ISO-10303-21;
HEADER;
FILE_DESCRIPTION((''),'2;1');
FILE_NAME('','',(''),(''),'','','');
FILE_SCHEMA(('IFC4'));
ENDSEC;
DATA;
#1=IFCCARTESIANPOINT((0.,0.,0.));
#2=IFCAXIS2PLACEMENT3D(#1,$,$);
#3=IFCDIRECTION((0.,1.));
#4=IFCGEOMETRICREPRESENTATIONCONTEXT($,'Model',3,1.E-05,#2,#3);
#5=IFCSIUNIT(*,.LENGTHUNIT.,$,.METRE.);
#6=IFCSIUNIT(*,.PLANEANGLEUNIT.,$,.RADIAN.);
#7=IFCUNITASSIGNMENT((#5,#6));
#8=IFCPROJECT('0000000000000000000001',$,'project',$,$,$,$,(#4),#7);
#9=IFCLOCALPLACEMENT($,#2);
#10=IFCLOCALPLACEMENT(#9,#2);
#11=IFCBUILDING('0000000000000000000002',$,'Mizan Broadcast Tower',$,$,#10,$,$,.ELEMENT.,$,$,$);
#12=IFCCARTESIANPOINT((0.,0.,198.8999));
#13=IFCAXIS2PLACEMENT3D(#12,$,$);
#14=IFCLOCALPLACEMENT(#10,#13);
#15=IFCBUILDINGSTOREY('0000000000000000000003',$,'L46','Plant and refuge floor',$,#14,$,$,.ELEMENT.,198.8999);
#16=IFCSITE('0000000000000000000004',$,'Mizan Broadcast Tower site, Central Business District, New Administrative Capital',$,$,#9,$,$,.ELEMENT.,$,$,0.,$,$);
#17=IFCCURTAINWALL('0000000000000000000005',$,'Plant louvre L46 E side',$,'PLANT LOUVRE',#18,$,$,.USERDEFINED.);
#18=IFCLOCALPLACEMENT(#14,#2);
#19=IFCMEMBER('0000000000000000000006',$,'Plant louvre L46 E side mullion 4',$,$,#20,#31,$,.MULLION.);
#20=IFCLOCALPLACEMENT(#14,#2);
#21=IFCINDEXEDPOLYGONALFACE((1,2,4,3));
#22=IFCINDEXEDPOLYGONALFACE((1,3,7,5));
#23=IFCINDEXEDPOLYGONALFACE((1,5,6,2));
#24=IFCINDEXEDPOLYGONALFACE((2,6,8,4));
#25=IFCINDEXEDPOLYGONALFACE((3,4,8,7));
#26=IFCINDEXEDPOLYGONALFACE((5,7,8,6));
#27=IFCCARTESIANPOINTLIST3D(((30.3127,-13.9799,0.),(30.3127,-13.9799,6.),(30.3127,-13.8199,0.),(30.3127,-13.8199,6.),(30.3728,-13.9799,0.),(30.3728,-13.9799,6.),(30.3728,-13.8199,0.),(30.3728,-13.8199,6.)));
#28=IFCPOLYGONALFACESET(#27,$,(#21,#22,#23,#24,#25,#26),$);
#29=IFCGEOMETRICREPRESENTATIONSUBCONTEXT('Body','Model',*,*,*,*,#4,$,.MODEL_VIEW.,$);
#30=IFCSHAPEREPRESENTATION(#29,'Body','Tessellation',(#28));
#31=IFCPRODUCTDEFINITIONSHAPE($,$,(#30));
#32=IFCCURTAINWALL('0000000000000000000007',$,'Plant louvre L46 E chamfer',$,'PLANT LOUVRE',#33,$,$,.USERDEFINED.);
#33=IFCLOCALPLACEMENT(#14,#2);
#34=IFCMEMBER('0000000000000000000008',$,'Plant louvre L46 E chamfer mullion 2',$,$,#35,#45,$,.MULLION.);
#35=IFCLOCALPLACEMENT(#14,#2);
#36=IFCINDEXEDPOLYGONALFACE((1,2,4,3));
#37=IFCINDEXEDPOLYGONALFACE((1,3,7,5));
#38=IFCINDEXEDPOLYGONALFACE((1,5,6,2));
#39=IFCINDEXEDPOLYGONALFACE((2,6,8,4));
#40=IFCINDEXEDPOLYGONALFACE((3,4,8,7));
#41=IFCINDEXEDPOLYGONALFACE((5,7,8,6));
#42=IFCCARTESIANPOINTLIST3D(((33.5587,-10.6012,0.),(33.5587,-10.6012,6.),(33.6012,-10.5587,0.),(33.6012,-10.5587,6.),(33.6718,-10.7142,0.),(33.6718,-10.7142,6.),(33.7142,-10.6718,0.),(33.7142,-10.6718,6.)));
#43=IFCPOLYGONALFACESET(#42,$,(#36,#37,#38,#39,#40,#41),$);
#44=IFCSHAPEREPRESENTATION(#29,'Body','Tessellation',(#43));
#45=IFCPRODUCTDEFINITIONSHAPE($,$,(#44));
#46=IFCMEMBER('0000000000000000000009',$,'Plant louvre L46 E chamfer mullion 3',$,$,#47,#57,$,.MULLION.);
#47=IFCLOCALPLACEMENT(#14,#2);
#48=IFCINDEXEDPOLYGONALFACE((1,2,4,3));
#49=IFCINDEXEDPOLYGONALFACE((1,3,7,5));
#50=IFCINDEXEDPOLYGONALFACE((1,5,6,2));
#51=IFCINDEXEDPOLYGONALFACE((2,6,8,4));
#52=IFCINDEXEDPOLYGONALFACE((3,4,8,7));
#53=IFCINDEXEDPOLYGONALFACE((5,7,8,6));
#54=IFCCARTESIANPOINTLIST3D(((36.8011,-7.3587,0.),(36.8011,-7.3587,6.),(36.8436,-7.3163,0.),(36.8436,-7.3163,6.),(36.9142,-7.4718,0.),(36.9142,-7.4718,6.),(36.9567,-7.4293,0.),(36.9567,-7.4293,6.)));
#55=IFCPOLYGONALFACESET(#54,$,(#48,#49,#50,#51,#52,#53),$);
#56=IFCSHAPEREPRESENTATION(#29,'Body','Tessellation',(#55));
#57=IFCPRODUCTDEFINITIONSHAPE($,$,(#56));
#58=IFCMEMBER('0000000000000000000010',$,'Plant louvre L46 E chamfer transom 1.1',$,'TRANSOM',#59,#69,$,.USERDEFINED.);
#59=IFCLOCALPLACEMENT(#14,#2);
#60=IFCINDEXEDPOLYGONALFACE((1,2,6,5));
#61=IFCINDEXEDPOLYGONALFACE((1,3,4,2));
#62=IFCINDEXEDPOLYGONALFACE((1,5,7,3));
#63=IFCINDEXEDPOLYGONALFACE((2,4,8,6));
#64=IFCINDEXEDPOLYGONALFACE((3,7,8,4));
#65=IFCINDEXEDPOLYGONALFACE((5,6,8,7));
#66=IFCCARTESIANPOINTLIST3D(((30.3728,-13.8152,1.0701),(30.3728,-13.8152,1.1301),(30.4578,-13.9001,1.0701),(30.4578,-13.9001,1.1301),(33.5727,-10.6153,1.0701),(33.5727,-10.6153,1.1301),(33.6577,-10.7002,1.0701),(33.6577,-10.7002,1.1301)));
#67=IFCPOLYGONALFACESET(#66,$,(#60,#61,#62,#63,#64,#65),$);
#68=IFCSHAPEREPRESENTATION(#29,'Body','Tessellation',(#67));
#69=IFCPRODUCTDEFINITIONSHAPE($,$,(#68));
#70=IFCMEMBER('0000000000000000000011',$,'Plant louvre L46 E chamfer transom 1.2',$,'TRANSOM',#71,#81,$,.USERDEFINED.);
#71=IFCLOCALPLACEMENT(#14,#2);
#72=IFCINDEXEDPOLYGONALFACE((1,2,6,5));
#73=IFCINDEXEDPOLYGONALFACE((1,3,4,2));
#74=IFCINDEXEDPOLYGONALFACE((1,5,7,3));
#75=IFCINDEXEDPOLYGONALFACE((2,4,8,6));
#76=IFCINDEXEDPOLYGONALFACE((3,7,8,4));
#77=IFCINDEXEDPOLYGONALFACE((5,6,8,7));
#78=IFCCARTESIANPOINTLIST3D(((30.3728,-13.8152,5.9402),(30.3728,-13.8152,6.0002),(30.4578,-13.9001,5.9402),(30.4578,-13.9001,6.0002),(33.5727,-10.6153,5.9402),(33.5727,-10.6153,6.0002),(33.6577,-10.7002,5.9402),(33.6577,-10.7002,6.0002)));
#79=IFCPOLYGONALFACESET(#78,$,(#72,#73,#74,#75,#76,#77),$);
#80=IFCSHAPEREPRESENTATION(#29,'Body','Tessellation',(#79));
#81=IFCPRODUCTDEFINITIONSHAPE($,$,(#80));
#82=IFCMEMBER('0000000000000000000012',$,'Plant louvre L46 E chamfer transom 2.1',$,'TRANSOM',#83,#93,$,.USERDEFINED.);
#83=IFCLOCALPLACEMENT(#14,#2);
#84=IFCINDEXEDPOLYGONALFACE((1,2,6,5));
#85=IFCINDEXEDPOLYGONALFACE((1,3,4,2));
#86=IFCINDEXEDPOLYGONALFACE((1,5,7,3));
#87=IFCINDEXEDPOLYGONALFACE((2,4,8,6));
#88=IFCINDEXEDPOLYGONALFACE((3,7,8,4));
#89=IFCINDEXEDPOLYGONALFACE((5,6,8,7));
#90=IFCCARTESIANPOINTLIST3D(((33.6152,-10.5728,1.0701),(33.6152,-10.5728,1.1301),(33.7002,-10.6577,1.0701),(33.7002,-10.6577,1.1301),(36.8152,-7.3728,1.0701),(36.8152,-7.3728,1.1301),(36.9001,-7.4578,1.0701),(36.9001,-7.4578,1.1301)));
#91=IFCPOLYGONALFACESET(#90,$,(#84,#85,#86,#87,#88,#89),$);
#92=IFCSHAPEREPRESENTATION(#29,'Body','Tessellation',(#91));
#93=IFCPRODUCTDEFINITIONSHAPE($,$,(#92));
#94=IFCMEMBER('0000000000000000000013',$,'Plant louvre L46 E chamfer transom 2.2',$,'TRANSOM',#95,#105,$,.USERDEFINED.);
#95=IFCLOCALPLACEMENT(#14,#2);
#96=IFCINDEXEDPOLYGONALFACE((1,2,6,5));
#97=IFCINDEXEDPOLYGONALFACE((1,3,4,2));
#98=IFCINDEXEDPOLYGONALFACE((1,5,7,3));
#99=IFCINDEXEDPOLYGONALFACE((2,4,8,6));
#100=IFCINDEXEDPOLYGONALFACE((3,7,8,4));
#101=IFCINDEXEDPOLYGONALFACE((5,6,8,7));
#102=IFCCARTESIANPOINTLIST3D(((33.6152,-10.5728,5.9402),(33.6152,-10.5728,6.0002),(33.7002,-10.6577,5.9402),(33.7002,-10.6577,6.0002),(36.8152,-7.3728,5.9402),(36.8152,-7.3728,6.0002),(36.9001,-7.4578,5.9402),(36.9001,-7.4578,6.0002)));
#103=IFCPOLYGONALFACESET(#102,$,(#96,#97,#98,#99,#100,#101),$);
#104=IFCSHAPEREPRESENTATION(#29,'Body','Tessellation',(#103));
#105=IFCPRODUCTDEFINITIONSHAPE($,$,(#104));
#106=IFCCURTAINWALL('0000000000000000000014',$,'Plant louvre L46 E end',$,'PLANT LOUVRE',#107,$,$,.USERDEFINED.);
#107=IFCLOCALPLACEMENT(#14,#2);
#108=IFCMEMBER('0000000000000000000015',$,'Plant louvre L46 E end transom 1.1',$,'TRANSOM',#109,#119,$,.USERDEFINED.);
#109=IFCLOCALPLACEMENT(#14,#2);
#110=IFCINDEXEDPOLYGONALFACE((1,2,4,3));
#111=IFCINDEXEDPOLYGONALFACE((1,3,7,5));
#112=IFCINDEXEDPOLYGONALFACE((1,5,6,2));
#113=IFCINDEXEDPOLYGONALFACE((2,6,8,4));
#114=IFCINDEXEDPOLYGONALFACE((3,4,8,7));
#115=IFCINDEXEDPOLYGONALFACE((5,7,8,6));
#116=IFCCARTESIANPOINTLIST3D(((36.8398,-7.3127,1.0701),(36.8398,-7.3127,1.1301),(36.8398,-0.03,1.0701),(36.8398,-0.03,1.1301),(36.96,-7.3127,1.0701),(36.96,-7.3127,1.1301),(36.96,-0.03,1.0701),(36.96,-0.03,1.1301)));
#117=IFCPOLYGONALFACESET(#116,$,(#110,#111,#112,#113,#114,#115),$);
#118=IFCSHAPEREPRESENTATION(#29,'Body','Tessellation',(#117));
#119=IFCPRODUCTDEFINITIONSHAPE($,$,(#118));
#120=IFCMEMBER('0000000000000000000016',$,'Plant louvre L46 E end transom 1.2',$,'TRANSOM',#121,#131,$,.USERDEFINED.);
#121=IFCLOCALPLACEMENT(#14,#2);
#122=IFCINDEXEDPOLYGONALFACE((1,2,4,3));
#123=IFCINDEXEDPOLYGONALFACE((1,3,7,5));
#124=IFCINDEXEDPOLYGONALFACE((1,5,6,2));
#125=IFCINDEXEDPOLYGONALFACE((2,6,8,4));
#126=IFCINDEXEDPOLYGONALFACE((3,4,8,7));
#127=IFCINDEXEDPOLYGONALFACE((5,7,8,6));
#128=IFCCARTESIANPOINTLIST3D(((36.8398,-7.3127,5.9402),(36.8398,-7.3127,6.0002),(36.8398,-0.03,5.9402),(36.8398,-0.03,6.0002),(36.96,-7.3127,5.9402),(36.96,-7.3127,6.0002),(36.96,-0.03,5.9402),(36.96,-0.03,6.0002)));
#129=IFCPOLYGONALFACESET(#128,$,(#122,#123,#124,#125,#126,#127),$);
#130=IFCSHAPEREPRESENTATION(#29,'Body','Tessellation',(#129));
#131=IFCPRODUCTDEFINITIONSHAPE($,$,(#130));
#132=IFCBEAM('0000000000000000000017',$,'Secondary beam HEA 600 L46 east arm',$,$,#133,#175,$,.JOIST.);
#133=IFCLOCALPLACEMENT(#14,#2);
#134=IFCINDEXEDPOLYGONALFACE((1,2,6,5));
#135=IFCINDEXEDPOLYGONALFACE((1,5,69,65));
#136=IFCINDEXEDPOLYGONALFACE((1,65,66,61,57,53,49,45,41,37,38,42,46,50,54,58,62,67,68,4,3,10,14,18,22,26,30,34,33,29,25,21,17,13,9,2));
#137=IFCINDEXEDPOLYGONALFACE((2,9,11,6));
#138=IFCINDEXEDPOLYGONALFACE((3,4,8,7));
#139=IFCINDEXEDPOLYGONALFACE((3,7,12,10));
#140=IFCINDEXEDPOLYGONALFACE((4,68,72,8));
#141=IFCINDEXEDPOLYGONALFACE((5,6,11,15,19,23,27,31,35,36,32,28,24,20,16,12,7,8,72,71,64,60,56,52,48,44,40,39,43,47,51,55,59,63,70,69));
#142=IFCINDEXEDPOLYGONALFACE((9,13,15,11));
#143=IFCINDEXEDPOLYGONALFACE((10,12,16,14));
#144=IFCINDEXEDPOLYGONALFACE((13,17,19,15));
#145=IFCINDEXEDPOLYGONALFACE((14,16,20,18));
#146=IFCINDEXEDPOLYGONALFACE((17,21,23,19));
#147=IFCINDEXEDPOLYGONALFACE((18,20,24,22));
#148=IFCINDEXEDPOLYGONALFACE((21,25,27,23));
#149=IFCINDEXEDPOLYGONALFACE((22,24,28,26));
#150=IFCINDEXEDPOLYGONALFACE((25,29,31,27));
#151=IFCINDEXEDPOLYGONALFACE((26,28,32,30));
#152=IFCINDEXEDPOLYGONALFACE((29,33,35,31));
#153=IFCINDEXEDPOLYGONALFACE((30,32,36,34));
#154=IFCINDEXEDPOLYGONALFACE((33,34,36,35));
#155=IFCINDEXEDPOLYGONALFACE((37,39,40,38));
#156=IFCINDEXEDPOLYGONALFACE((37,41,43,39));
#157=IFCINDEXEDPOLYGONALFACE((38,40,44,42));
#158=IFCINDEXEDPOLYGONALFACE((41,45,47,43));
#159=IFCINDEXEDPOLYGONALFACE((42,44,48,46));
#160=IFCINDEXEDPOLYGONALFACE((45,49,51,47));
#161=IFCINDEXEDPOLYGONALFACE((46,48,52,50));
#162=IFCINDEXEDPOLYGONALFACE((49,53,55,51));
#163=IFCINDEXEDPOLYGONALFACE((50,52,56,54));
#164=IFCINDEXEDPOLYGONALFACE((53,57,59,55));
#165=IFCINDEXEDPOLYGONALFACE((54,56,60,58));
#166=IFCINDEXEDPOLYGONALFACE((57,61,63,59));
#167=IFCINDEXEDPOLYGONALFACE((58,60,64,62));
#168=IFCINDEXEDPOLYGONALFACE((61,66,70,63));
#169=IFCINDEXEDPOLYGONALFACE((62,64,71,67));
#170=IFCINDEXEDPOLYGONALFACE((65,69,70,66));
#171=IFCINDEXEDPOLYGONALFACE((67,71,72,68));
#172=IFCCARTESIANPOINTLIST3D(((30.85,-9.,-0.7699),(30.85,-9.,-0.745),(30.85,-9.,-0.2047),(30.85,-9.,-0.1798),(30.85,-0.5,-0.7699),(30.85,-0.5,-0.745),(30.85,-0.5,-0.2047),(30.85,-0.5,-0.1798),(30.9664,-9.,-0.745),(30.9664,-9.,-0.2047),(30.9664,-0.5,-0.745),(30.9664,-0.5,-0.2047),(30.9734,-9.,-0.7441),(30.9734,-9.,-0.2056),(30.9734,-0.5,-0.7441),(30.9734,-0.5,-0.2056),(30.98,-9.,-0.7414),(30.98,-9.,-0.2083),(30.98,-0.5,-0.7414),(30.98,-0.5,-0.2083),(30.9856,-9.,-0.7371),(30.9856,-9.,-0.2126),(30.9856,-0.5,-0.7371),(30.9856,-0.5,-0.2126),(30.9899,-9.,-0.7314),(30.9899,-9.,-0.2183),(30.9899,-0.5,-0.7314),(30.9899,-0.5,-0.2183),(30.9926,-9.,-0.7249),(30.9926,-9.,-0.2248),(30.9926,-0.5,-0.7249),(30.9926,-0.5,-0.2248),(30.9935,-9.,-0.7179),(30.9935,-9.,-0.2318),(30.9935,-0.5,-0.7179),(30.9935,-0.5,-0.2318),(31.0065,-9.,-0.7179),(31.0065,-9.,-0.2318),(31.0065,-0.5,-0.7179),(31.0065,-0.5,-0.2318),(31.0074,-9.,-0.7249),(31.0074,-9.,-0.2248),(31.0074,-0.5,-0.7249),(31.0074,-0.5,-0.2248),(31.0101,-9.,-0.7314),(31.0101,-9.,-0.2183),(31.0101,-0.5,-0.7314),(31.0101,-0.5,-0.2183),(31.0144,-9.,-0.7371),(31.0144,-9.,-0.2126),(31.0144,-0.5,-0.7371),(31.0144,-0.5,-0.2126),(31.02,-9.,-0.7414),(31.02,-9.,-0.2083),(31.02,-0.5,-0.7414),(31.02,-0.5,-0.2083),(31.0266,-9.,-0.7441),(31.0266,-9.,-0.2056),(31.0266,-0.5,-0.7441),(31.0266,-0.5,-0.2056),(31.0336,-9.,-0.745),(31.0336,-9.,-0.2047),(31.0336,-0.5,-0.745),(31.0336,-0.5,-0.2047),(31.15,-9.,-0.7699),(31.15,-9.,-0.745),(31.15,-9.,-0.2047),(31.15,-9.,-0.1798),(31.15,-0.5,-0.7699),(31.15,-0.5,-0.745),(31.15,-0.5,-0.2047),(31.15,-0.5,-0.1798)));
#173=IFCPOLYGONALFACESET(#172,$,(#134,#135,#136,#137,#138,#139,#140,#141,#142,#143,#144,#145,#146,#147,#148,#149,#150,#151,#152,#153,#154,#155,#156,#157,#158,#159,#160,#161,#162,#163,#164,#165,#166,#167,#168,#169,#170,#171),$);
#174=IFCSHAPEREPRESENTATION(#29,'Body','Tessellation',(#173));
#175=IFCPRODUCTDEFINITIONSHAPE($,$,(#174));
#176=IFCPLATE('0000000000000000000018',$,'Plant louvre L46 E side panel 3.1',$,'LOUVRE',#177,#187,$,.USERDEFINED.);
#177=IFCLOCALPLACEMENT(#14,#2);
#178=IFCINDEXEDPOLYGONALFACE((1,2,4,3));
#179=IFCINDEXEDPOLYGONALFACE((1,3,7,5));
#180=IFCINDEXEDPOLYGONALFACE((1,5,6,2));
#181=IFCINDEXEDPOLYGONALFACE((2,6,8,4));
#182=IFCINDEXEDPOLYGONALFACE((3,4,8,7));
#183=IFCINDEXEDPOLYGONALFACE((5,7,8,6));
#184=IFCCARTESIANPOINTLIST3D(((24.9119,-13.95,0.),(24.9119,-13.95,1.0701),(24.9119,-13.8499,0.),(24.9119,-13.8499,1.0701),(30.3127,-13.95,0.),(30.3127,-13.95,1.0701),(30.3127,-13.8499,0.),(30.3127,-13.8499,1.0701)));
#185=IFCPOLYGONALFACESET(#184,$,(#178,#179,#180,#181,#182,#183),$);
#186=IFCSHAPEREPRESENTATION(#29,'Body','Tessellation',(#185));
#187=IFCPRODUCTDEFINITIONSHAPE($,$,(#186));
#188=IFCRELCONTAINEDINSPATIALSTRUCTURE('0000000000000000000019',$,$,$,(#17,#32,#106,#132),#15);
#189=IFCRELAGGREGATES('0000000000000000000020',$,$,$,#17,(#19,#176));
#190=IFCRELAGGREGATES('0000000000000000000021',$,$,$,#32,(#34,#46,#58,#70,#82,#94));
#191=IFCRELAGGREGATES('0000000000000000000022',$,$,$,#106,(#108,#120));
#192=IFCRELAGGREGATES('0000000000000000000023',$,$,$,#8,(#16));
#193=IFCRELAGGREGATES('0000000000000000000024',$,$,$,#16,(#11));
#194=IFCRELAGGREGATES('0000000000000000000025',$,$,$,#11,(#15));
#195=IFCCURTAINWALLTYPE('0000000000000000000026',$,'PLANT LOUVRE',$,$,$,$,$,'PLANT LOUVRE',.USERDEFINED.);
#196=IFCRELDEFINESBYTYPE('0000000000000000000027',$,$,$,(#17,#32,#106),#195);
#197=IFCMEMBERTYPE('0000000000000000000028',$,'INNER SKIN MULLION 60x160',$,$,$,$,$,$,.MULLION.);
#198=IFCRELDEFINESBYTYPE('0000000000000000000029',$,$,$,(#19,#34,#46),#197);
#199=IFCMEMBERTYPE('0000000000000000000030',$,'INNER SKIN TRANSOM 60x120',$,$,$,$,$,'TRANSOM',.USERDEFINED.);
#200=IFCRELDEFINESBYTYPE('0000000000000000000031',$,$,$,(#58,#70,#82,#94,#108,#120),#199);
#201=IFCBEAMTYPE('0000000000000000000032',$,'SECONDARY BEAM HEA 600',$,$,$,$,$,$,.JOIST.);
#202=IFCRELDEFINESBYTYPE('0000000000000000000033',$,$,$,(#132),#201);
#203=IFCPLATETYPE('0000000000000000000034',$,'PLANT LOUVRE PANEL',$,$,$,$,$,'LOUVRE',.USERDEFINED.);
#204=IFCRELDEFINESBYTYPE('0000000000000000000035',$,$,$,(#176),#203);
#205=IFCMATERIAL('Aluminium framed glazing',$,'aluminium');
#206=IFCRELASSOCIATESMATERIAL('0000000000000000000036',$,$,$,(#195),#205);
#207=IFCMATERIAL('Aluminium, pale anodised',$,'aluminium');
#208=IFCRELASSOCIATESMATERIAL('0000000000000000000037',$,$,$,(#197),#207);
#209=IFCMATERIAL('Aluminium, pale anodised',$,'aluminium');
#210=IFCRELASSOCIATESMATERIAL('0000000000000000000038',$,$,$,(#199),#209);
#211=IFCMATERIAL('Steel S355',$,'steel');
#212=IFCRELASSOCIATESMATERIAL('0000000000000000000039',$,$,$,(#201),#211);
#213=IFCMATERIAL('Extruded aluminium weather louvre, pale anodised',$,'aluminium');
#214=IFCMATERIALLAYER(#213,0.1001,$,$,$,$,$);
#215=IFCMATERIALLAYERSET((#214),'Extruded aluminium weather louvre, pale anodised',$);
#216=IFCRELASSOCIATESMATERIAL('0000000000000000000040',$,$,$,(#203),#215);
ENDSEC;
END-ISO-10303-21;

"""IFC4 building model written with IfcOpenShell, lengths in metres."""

from ifc_helpers import new_model, si_unit, direction, frame, origin, origin_2d, place, context, subcontext, project, spatial, rectangle, i_section, extrude, material, layer, layer_set, material_profile, profile_set, type_object, element, aggregate, save


model = new_model("IFC4")

# Units and contexts
model_context = context("Model", 3, precision=1e-05, world=origin(), true_north=direction((0.0, 1.0)))
body_context = subcontext(model_context, "Body", "Model", "MODEL_VIEW")
ifc_project = project(units=[si_unit("LENGTHUNIT", "METRE"), si_unit("PLANEANGLEUNIT", "RADIAN")], contexts=[model_context])

# Site, building, storey
site_placement = place(None, origin())
site = spatial("IfcSite", under=ifc_project, at=site_placement, Name="Mizan Broadcast Tower site, Central Business District, New Administrative Capital", CompositionType="ELEMENT", RefElevation=0.0)
building_placement = place(site_placement, origin())
building = spatial("IfcBuilding", under=site, at=building_placement, Name="Mizan Broadcast Tower", CompositionType="ELEMENT")
storey_placement = place(building_placement, frame((0.0, 0.0, 198.8999)))
storey = spatial("IfcBuildingStorey", under=building, at=storey_placement, Name="L46", Description="Plant and refuge floor", CompositionType="ELEMENT", Elevation=198.8999)

# Curtain wall, member
ifc_material_1 = material(Name="Aluminium framed glazing", Category="aluminium")
curtain_wall_type = type_object("IfcCurtainWallType", Name="PLANT LOUVRE", ElementType="PLANT LOUVRE", PredefinedType="USERDEFINED", material=ifc_material_1)
curtain_wall_1_placement = place(storey_placement, origin())
curtain_wall_1 = element("IfcCurtainWall", 1, at=curtain_wall_1_placement, inside=storey, type_object=curtain_wall_type, Name="Plant louvre L46 E side", ObjectType="PLANT LOUVRE", PredefinedType="USERDEFINED")
ifc_material_2 = material(Name="Aluminium, pale anodised", Category="aluminium")
ifc_material_profile_1 = material_profile(ifc_material_2, rectangle(XDim=0.1599, YDim=0.0601, at=origin_2d()), Name="MULLION 160x60")
ifc_profile_set_1 = profile_set([ifc_material_profile_1], Name="Aluminium, pale anodised")
member_type_1 = type_object("IfcMemberType", Name="INNER SKIN MULLION 60x160", PredefinedType="MULLION", material=ifc_profile_set_1)
member_1_placement = place(storey_placement, frame((30.3428, -13.8999, 0.0), z_axis=(0.0, 0.0, 1.0), x_axis=(0.0, 1.0, 0.0)))
member_1 = element("IfcMember", 2, at=member_1_placement, type_object=member_type_1, Name="Plant louvre L46 E side mullion 4", PredefinedType="MULLION", context=body_context, shape_type="SweptSolid", body=[
    extrude(rectangle(XDim=0.1599, YDim=0.0601, at=origin_2d()), origin(), (0.0, 0.0, 1.0), 6.0),
])

# Curtain walls, members
curtain_wall_2_placement = place(storey_placement, origin())
curtain_wall_2 = element("IfcCurtainWall", 3, at=curtain_wall_2_placement, inside=storey, type_object=curtain_wall_type, Name="Plant louvre L46 E chamfer", ObjectType="PLANT LOUVRE", PredefinedType="USERDEFINED")
member_2_placement = place(storey_placement, frame((33.6365, -10.6365, 0.0), z_axis=(0.0, 0.0, 1.0), x_axis=(-0.707107, 0.707107, 0.0)))
member_2 = element("IfcMember", 4, at=member_2_placement, type_object=member_type_1, Name="Plant louvre L46 E chamfer mullion 2", PredefinedType="MULLION", context=body_context, shape_type="SweptSolid", body=[
    extrude(rectangle(XDim=0.1599, YDim=0.0601, at=origin_2d()), origin(), (0.0, 0.0, 1.0), 6.0),
])
member_3_placement = place(storey_placement, frame((36.8789, -7.394, 0.0), z_axis=(0.0, 0.0, 1.0), x_axis=(-0.707107, 0.707107, 0.0)))
member_3 = element("IfcMember", 5, at=member_3_placement, type_object=member_type_1, Name="Plant louvre L46 E chamfer mullion 3", PredefinedType="MULLION", context=body_context, shape_type="SweptSolid", body=[
    extrude(rectangle(XDim=0.1599, YDim=0.0601, at=origin_2d()), origin(), (0.0, 0.0, 1.0), 6.0),
])
ifc_material_3 = material(Name="Aluminium, pale anodised", Category="aluminium")
ifc_material_profile_2 = material_profile(ifc_material_3, rectangle(XDim=0.1201, YDim=0.0601, at=origin_2d()), Name="TRANSOM 120x60")
ifc_profile_set_2 = profile_set([ifc_material_profile_2], Name="Aluminium, pale anodised")
member_type_2 = type_object("IfcMemberType", Name="INNER SKIN TRANSOM 60x120", ElementType="TRANSOM", PredefinedType="USERDEFINED", material=ifc_profile_set_2)
member_4_placement = place(storey_placement, frame((30.4153, -13.8577, 1.1001), z_axis=(0.707107, 0.707107, 0.0), x_axis=(-0.707107, 0.707107, 0.0)))
member_4 = element("IfcMember", 6, at=member_4_placement, type_object=member_type_2, Name="Plant louvre L46 E chamfer transom 1.1", ObjectType="TRANSOM", PredefinedType="USERDEFINED", context=body_context, shape_type="SweptSolid", body=[
    extrude(rectangle(XDim=0.1201, YDim=0.0601, at=origin_2d()), origin(), (0.0, 0.0, 1.0), 4.5254),
])
member_5_placement = place(storey_placement, frame((30.4153, -13.8577, 5.9702), z_axis=(0.707107, 0.707107, 0.0), x_axis=(-0.707107, 0.707107, 0.0)))
member_5 = element("IfcMember", 7, at=member_5_placement, type_object=member_type_2, Name="Plant louvre L46 E chamfer transom 1.2", ObjectType="TRANSOM", PredefinedType="USERDEFINED", context=body_context, shape_type="SweptSolid", body=[
    extrude(rectangle(XDim=0.1201, YDim=0.0601, at=origin_2d()), origin(), (0.0, 0.0, 1.0), 4.5254),
])
member_6_placement = place(storey_placement, frame((33.6577, -10.6152, 1.1001), z_axis=(0.707107, 0.707107, 0.0), x_axis=(-0.707107, 0.707107, 0.0)))
member_6 = element("IfcMember", 8, at=member_6_placement, type_object=member_type_2, Name="Plant louvre L46 E chamfer transom 2.1", ObjectType="TRANSOM", PredefinedType="USERDEFINED", context=body_context, shape_type="SweptSolid", body=[
    extrude(rectangle(XDim=0.1201, YDim=0.0601, at=origin_2d()), origin(), (0.0, 0.0, 1.0), 4.5254),
])
member_7_placement = place(storey_placement, frame((33.6577, -10.6152, 5.9702), z_axis=(0.707107, 0.707107, 0.0), x_axis=(-0.707107, 0.707107, 0.0)))
member_7 = element("IfcMember", 9, at=member_7_placement, type_object=member_type_2, Name="Plant louvre L46 E chamfer transom 2.2", ObjectType="TRANSOM", PredefinedType="USERDEFINED", context=body_context, shape_type="SweptSolid", body=[
    extrude(rectangle(XDim=0.1201, YDim=0.0601, at=origin_2d()), origin(), (0.0, 0.0, 1.0), 4.5254),
])
curtain_wall_3_placement = place(storey_placement, origin())
curtain_wall_3 = element("IfcCurtainWall", 10, at=curtain_wall_3_placement, inside=storey, type_object=curtain_wall_type, Name="Plant louvre L46 E end", ObjectType="PLANT LOUVRE", PredefinedType="USERDEFINED")
member_8_placement = place(storey_placement, frame((36.8999, -7.3127, 1.1001), z_axis=(0.0, 1.0, 0.0), x_axis=(-1.0, 0.0, 0.0)))
member_8 = element("IfcMember", 11, at=member_8_placement, type_object=member_type_2, Name="Plant louvre L46 E end transom 1.1", ObjectType="TRANSOM", PredefinedType="USERDEFINED", context=body_context, shape_type="SweptSolid", body=[
    extrude(rectangle(XDim=0.1201, YDim=0.0601, at=origin_2d()), origin(), (0.0, 0.0, 1.0), 7.2827),
])
member_9_placement = place(storey_placement, frame((36.8999, -7.3127, 5.9702), z_axis=(0.0, 1.0, 0.0), x_axis=(-1.0, 0.0, 0.0)))
member_9 = element("IfcMember", 12, at=member_9_placement, type_object=member_type_2, Name="Plant louvre L46 E end transom 1.2", ObjectType="TRANSOM", PredefinedType="USERDEFINED", context=body_context, shape_type="SweptSolid", body=[
    extrude(rectangle(XDim=0.1201, YDim=0.0601, at=origin_2d()), origin(), (0.0, 0.0, 1.0), 7.2827),
])

# Beam
ifc_material_4 = material(Name="Steel S355", Category="steel")
ifc_material_profile_3 = material_profile(ifc_material_4, i_section(OverallWidth=0.3, OverallDepth=0.5901, WebThickness=0.0129, FlangeThickness=0.0249, FilletRadius=0.0271, at=origin_2d()), Name="HEA 600")
ifc_profile_set_3 = profile_set([ifc_material_profile_3], Name="Steel S355")
beam_type_1 = type_object("IfcBeamType", Name="SECONDARY BEAM HEA 600", PredefinedType="JOIST", material=ifc_profile_set_3)
beam_1_placement = place(storey_placement, frame((31.0, -9.0, -0.4749), z_axis=(0.0, 1.0, 0.0), x_axis=(-1.0, 0.0, 0.0)))
element("IfcBeam", 13, at=beam_1_placement, inside=storey, type_object=beam_type_1, Name="Secondary beam HEA 600 L46 east arm", PredefinedType="JOIST", context=body_context, shape_type="SweptSolid", body=[
    extrude(i_section(OverallWidth=0.3, OverallDepth=0.5901, WebThickness=0.0129, FlangeThickness=0.0249, FilletRadius=0.0271, at=origin_2d()), origin(), (0.0, 0.0, 1.0), 8.5),
])

# Plate
ifc_material_5 = material(Name="Extruded aluminium weather louvre, pale anodised", Category="aluminium")
ifc_layer = layer(ifc_material_5, 0.1001)
ifc_layer_set = layer_set([ifc_layer], Name="Extruded aluminium weather louvre, pale anodised")
plate_type = type_object("IfcPlateType", Name="PLANT LOUVRE PANEL", ElementType="LOUVRE", PredefinedType="USERDEFINED", material=ifc_layer_set)
plate_1_placement = place(storey_placement, frame((27.6123, -13.8999, 0.0), z_axis=(0.0, 0.0, 1.0), x_axis=(1.0, 0.0, 0.0)))
plate_1 = element("IfcPlate", 14, at=plate_1_placement, type_object=plate_type, Name="Plant louvre L46 E side panel 3.1", ObjectType="LOUVRE", PredefinedType="USERDEFINED", context=body_context, shape_type="SweptSolid", body=[
    extrude(rectangle(XDim=5.4009, YDim=0.1001, at=origin_2d()), origin(), (0.0, 0.0, 1.0), 1.0701),
])
aggregate(curtain_wall_1, [member_1, plate_1])
aggregate(curtain_wall_2, [member_2, member_3, member_4, member_5, member_6, member_7])
aggregate(curtain_wall_3, [member_8, member_9])

save(model, "model.ifc")
